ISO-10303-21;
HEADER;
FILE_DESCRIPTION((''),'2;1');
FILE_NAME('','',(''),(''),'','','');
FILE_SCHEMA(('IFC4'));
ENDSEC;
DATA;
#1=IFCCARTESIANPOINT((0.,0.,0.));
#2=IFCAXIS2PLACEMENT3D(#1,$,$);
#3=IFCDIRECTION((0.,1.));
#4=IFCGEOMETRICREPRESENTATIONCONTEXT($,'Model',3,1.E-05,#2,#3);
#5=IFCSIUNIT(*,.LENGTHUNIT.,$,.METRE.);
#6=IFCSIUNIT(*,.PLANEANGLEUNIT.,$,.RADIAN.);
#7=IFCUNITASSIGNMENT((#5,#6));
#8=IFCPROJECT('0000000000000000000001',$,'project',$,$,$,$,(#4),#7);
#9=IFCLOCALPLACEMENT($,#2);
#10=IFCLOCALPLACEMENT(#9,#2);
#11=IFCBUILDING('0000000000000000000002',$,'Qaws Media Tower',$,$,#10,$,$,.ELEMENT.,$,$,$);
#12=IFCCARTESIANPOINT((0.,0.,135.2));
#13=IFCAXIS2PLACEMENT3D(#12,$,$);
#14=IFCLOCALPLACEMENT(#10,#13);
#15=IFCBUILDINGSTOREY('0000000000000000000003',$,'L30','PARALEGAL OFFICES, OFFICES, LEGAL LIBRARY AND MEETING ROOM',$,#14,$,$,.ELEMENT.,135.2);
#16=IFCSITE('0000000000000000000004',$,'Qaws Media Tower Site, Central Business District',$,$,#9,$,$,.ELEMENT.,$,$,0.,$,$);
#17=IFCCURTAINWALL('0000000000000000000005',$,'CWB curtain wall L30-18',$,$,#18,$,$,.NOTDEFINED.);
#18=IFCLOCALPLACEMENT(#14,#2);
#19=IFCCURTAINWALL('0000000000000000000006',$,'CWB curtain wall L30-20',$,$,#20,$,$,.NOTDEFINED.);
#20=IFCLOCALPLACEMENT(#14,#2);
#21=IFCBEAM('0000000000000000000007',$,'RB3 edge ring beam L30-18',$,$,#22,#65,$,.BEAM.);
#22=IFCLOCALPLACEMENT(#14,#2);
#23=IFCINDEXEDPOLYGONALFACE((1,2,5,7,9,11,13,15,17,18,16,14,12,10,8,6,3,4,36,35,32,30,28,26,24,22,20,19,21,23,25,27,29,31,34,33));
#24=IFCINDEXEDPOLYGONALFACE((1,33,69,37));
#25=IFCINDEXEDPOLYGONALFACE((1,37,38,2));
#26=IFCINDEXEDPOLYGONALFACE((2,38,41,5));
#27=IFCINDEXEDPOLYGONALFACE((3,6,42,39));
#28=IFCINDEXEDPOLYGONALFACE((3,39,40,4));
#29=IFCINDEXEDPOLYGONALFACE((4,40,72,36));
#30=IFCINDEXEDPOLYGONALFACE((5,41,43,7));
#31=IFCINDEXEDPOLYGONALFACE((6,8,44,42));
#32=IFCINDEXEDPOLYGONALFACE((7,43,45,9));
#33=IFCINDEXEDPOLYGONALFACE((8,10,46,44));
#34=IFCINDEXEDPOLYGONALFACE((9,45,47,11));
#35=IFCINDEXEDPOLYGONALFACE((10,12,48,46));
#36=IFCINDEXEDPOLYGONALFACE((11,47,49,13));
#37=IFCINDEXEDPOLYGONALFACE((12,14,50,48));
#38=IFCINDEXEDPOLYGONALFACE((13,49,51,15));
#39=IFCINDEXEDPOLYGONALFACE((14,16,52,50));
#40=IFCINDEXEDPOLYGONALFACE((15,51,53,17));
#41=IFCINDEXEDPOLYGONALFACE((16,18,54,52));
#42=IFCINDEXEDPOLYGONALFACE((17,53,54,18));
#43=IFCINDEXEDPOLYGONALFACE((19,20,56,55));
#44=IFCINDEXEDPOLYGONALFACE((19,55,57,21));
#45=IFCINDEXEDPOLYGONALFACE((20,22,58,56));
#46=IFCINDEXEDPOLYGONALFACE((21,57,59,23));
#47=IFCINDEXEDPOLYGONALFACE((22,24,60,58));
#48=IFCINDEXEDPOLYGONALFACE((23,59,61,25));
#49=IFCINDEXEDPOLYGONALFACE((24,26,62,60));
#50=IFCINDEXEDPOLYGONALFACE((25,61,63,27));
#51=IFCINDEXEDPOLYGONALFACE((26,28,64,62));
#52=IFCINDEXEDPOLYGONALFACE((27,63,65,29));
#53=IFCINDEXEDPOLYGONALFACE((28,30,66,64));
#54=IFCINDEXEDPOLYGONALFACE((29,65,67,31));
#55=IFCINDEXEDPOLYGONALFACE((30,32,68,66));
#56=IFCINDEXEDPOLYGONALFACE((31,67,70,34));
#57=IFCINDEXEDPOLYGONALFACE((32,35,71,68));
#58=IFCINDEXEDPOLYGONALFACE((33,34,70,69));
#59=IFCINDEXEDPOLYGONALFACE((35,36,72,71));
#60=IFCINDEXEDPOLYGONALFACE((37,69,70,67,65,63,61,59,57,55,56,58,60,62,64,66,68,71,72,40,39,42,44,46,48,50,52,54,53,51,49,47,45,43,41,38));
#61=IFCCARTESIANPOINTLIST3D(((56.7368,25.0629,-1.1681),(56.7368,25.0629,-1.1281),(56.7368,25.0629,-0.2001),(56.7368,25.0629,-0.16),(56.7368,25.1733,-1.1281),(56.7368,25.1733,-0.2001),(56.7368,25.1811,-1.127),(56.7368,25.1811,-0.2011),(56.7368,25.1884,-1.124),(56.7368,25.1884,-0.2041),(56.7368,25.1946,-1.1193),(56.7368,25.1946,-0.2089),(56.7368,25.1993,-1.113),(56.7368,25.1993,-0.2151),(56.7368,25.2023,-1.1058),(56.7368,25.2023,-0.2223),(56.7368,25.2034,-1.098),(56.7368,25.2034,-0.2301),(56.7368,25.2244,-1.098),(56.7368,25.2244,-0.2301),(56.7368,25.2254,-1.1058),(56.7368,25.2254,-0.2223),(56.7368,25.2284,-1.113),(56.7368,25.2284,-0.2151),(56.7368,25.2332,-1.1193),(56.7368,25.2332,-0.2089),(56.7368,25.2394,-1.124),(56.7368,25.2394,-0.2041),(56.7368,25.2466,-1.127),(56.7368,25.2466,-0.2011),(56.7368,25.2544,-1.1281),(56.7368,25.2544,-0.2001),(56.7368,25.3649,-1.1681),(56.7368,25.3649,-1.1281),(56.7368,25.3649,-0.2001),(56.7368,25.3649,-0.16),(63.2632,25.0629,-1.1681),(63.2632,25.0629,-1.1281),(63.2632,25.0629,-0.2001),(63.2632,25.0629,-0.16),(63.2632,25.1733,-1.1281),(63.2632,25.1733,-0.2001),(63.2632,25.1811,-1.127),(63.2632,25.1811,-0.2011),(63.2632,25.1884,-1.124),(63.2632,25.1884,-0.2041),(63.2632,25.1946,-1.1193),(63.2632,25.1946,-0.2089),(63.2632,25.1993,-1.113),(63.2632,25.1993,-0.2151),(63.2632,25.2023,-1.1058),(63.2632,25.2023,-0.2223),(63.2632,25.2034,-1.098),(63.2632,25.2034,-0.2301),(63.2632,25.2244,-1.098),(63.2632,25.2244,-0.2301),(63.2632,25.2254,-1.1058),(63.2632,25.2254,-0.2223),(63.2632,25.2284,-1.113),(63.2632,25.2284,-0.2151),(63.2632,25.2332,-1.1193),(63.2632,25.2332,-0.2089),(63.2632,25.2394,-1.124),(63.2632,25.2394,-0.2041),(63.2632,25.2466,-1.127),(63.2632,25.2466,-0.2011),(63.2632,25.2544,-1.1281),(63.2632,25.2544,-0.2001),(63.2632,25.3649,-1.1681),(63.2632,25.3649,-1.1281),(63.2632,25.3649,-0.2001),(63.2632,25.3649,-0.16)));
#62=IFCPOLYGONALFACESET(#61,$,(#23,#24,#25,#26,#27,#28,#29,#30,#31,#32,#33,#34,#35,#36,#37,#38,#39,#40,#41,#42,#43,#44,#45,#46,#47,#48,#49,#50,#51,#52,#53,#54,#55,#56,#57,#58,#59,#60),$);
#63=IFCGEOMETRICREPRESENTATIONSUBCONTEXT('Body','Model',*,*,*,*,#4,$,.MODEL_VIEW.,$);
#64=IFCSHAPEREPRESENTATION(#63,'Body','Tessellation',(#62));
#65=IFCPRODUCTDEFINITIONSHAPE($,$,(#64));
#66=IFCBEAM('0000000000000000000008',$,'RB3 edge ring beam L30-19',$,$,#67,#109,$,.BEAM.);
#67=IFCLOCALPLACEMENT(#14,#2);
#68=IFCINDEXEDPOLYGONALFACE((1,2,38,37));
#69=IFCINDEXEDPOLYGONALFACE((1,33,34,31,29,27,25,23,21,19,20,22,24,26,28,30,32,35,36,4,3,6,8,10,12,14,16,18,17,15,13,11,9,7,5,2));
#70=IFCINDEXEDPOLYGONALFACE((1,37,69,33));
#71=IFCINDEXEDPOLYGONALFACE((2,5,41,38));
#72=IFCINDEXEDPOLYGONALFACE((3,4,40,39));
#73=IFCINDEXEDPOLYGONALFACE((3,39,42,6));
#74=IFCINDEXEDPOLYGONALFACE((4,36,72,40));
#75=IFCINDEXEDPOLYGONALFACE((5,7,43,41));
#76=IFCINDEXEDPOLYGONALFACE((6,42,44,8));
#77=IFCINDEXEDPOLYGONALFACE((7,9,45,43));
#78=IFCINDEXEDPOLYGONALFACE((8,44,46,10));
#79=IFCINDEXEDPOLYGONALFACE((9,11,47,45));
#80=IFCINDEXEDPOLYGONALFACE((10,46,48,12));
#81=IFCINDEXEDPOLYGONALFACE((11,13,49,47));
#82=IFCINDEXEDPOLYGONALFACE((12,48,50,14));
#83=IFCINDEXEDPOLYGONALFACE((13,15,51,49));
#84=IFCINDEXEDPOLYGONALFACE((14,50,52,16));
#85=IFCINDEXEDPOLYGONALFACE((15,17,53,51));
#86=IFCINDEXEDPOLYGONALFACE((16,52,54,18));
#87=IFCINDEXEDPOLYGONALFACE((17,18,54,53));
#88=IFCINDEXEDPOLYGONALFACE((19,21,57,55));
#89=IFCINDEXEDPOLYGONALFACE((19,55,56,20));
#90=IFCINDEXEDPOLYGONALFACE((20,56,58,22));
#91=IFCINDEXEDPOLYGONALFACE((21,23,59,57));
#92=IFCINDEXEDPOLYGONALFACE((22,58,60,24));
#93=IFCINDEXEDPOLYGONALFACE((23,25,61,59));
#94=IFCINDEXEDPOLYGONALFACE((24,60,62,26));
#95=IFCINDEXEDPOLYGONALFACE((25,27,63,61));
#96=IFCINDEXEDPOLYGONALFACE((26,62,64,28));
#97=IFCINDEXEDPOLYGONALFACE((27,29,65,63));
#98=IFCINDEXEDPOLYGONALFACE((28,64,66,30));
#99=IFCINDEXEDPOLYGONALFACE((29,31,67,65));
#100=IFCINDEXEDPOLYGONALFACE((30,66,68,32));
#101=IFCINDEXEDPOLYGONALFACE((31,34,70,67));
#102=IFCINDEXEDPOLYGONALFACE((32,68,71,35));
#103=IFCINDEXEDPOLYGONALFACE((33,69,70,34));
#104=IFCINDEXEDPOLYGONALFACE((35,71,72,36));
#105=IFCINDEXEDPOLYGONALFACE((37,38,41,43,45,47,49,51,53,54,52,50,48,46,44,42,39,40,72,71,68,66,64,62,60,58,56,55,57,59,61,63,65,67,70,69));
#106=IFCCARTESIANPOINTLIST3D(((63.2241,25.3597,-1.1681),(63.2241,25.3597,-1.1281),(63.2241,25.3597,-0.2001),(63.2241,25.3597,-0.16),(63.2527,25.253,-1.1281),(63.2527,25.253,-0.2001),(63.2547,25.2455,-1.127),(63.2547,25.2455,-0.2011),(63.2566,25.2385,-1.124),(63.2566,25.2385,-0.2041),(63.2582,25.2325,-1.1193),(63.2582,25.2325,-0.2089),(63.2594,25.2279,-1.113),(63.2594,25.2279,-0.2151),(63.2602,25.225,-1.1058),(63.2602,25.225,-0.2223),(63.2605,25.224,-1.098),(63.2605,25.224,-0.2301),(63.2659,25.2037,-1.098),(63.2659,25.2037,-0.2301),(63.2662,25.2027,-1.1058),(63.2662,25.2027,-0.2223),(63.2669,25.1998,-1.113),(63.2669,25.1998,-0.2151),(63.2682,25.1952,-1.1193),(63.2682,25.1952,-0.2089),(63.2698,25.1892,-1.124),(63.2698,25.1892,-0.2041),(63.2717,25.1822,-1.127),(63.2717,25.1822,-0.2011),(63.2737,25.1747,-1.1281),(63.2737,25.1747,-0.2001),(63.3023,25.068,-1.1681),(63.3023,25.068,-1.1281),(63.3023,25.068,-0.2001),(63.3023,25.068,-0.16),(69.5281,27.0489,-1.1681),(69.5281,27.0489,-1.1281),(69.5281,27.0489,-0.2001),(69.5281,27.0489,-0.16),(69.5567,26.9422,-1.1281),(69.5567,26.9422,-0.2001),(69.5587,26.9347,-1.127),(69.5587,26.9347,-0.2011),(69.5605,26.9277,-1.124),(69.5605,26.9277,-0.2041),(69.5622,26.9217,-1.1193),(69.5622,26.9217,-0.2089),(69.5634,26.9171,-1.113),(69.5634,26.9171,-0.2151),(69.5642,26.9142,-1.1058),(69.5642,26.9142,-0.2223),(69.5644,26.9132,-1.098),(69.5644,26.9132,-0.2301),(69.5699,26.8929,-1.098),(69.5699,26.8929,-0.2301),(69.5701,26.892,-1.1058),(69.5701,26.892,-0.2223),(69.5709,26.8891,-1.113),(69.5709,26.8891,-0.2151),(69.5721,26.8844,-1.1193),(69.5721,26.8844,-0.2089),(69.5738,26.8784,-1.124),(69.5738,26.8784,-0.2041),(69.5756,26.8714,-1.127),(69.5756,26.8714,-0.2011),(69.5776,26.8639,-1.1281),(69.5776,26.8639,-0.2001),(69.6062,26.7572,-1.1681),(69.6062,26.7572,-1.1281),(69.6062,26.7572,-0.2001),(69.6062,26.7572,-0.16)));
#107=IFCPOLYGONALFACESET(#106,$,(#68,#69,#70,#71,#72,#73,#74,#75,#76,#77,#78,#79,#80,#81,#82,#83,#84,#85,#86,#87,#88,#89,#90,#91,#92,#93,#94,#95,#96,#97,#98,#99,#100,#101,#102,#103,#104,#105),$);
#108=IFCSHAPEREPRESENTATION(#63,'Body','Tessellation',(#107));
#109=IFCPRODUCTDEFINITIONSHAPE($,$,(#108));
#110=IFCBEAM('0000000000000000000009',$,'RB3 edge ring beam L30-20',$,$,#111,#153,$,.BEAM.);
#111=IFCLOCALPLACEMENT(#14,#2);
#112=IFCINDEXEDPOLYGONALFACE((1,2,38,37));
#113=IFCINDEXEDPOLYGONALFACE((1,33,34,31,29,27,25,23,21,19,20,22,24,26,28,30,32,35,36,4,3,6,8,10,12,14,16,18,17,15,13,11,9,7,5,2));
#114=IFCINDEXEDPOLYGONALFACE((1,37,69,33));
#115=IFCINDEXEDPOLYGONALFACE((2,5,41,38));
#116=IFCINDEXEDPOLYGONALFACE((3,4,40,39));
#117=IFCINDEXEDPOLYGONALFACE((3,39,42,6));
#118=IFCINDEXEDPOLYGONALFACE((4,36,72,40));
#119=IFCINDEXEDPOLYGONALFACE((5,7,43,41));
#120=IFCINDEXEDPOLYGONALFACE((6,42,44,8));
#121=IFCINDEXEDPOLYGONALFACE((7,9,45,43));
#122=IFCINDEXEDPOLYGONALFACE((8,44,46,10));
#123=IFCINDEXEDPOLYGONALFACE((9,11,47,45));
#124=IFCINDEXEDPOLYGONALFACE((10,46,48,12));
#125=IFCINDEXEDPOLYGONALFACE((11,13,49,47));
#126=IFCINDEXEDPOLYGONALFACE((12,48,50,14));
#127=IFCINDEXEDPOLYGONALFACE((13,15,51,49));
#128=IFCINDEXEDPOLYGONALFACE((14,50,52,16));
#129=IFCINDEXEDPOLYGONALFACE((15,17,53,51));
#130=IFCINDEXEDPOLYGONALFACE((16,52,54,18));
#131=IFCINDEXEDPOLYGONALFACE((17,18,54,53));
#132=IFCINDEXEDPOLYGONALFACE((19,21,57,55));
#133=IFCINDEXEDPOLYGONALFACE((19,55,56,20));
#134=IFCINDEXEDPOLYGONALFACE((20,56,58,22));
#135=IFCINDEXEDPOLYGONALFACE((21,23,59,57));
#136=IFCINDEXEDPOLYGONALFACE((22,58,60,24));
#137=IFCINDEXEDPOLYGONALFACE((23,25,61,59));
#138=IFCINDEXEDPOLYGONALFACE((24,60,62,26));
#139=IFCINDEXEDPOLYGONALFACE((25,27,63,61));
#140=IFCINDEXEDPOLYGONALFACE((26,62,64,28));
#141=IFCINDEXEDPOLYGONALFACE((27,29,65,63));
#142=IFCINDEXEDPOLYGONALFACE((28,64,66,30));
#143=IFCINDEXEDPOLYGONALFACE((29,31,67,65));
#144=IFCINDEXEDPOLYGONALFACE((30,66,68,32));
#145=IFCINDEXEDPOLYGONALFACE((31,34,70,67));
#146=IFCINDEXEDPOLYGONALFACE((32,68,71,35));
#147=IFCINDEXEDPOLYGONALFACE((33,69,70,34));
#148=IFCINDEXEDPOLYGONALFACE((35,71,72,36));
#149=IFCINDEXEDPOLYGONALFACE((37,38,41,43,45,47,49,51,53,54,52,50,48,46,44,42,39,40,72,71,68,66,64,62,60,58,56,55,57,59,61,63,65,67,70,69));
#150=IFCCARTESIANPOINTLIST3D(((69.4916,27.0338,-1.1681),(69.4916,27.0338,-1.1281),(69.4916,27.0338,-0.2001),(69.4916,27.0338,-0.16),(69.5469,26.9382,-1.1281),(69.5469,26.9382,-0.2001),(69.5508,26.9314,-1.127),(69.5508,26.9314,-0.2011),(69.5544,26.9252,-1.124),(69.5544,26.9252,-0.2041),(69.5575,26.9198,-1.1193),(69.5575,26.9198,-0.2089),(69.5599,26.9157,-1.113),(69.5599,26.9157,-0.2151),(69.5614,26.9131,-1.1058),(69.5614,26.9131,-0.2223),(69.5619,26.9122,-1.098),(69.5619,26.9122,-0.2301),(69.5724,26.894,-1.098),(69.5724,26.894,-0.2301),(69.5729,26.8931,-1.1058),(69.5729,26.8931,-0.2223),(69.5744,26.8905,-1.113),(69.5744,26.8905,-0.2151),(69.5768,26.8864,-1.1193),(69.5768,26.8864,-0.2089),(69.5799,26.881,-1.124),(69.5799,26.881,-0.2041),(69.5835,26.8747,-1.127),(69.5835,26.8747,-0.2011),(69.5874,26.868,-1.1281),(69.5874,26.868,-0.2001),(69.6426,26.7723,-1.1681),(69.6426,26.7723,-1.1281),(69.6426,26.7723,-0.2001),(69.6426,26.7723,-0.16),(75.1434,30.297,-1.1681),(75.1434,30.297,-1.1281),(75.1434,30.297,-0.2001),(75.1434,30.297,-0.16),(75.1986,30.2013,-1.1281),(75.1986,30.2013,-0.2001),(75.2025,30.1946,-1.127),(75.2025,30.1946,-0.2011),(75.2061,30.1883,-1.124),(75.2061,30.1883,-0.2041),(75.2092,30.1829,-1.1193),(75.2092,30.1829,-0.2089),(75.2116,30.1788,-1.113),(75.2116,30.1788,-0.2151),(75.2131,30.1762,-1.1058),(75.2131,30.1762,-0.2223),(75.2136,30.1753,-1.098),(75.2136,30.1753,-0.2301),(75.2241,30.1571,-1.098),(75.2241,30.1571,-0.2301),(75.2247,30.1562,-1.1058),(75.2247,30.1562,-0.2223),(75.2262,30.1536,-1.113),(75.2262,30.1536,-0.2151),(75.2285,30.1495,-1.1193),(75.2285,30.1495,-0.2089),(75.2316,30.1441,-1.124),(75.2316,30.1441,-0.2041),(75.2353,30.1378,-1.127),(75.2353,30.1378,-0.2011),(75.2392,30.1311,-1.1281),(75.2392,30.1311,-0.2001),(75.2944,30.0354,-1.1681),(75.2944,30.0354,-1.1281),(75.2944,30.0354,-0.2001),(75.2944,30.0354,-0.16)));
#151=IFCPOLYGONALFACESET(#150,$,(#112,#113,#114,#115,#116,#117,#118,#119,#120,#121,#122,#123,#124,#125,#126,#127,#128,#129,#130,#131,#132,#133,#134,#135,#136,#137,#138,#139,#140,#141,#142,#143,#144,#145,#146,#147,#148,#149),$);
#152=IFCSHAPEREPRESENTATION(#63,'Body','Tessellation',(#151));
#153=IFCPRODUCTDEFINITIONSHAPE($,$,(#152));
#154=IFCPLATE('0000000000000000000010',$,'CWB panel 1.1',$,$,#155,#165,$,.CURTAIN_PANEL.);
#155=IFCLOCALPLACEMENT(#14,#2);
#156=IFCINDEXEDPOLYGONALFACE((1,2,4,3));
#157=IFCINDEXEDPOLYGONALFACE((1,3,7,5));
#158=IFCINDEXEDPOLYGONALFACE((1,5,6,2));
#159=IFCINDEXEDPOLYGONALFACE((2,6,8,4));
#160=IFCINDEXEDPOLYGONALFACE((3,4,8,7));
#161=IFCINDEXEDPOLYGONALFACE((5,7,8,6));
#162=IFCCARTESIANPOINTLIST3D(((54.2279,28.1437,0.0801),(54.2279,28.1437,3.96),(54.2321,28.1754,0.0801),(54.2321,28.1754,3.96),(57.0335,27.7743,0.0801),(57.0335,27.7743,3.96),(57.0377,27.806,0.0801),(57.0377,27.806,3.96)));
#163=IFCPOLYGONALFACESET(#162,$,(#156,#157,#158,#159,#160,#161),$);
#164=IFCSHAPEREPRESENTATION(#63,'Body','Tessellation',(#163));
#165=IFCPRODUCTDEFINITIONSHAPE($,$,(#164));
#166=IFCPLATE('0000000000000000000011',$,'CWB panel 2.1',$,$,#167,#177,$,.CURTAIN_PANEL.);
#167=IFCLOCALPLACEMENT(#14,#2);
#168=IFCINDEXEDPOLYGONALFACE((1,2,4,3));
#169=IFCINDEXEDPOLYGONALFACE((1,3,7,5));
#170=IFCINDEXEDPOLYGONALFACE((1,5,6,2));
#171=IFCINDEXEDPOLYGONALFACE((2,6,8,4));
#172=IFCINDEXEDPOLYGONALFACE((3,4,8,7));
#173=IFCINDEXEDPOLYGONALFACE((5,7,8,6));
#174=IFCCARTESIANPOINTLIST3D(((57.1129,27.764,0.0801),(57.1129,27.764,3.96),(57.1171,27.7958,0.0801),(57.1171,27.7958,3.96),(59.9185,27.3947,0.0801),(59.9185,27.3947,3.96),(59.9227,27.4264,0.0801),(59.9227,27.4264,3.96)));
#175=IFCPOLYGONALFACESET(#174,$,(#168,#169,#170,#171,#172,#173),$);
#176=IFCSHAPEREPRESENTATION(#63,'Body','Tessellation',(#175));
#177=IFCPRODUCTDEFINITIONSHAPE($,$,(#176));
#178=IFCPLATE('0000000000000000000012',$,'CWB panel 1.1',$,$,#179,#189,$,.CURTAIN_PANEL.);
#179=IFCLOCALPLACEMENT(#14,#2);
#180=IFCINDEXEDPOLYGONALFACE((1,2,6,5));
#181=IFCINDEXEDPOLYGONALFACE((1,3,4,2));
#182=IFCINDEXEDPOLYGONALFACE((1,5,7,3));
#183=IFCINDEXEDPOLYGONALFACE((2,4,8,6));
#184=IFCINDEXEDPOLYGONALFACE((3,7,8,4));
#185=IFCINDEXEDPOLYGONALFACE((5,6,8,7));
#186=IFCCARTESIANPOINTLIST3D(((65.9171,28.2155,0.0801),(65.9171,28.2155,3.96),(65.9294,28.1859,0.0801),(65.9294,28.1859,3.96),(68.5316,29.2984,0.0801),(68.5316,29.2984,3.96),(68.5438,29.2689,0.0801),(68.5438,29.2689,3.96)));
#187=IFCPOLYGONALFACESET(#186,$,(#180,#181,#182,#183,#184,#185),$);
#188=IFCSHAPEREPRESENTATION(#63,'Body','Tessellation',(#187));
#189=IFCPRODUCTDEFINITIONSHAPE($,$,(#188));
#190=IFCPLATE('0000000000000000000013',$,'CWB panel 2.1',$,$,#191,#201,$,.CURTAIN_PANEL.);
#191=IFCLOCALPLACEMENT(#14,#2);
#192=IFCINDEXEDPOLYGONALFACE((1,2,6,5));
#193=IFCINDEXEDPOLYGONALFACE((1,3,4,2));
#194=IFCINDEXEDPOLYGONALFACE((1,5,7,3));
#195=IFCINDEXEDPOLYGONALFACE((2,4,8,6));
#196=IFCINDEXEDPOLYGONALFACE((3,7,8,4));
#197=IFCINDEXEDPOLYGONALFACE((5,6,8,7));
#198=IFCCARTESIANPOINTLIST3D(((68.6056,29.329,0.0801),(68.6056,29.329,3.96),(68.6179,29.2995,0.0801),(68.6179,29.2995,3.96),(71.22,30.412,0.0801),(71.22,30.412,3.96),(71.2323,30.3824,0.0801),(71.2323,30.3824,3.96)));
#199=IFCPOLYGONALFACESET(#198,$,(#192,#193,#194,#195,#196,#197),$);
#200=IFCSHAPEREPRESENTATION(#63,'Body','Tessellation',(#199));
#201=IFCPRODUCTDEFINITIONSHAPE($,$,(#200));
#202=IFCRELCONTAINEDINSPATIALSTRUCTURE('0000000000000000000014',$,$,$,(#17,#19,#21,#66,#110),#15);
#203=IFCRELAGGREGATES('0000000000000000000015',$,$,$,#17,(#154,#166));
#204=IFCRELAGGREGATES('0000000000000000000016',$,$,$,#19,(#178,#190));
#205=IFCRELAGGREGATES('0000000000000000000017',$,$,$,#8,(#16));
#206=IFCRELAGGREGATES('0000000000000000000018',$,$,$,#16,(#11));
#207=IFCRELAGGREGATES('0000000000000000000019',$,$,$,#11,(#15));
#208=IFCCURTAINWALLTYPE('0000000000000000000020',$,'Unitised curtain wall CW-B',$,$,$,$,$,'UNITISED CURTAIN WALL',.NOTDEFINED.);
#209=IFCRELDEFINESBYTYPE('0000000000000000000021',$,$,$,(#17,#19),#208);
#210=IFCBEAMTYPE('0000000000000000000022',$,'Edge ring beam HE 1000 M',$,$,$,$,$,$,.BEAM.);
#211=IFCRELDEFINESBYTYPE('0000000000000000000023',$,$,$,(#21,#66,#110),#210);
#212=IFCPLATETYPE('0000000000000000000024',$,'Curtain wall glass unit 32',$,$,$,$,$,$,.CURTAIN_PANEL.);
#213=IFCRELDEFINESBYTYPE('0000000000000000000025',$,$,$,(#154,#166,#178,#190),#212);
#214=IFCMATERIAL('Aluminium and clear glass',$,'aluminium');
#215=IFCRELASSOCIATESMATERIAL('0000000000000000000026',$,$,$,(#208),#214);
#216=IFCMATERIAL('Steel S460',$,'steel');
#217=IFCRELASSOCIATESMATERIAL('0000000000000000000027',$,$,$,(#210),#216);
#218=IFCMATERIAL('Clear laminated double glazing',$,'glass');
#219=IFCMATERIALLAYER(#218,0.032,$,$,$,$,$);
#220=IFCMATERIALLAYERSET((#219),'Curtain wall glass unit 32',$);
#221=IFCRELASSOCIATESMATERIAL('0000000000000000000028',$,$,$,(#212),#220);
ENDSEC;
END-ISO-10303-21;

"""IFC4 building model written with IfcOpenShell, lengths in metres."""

from ifc_helpers import new_model, si_unit, direction, frame, origin, origin_2d, place, context, subcontext, project, spatial, rectangle, i_section, extrude, material, layer, layer_set, material_profile, profile_set, type_object, element, aggregate, save


model = new_model("IFC4")

# Units and contexts
model_context = context("Model", 3, precision=1e-05, world=origin(), true_north=direction((0.0, 1.0)))
body_context = subcontext(model_context, "Body", "Model", "MODEL_VIEW")
ifc_project = project(units=[si_unit("LENGTHUNIT", "METRE"), si_unit("PLANEANGLEUNIT", "RADIAN")], contexts=[model_context])

# Site, building, storey
site_placement = place(None, origin())
site = spatial("IfcSite", under=ifc_project, at=site_placement, Name="Qaws Media Tower Site, Central Business District", CompositionType="ELEMENT", RefElevation=0.0)
building_placement = place(site_placement, origin())
building = spatial("IfcBuilding", under=site, at=building_placement, Name="Qaws Media Tower", CompositionType="ELEMENT")
storey_placement = place(building_placement, frame((0.0, 0.0, 135.2)))
storey = spatial("IfcBuildingStorey", under=building, at=storey_placement, Name="L30", Description="PARALEGAL OFFICES, OFFICES, LEGAL LIBRARY AND MEETING ROOM", CompositionType="ELEMENT", Elevation=135.2)

# Curtain walls
ifc_material_1 = material(Name="Aluminium and clear glass", Category="aluminium")
curtain_wall_type = type_object("IfcCurtainWallType", Name="Unitised curtain wall CW-B", ElementType="UNITISED CURTAIN WALL", PredefinedType="NOTDEFINED", material=ifc_material_1)
curtain_wall_1_placement = place(storey_placement, origin())
curtain_wall_1 = element("IfcCurtainWall", 1, at=curtain_wall_1_placement, inside=storey, type_object=curtain_wall_type, Name="CWB curtain wall L30-18", PredefinedType="NOTDEFINED")
curtain_wall_2_placement = place(storey_placement, origin())
curtain_wall_2 = element("IfcCurtainWall", 2, at=curtain_wall_2_placement, inside=storey, type_object=curtain_wall_type, Name="CWB curtain wall L30-20", PredefinedType="NOTDEFINED")

# Beams
ifc_material_2 = material(Name="Steel S460", Category="steel")
ifc_material_profile_1 = material_profile(ifc_material_2, i_section(OverallWidth=0.302, OverallDepth=1.0081, WebThickness=0.021, FlangeThickness=0.04, FilletRadius=0.03, at=origin_2d()), Name="HE 1000 M")
ifc_profile_set_1 = profile_set([ifc_material_profile_1], Name="Steel S460")
beam_type = type_object("IfcBeamType", Name="Edge ring beam HE 1000 M", PredefinedType="BEAM", material=ifc_profile_set_1)
for number, where, z_axis, x_axis, name in (
    (3, (56.7368, 25.2139, -0.6641), (1.0, 0.0, 0.0), (0.0, 1.0, 0.0), "RB3 edge ring beam L30-18"),
    (4, (63.2632, 25.2139, -0.6641), (0.965923, 0.258829, 0.0), (-0.258829, 0.965923, 0.0), "RB3 edge ring beam L30-19"),
):
    element("IfcBeam", number, at=place(storey_placement, frame(where, z_axis=z_axis, x_axis=x_axis)), inside=storey, type_object=beam_type, Name=name, PredefinedType="BEAM", context=body_context, shape_type="SweptSolid", body=[
        extrude(i_section(OverallWidth=0.302, OverallDepth=1.0081, WebThickness=0.021, FlangeThickness=0.04, FilletRadius=0.03, at=origin_2d()), origin(), (0.0, 0.0, 1.0), 6.5264),
    ])
beam_placement = place(storey_placement, frame((69.5671, 26.9031, -0.6641), z_axis=(0.86602, 0.50001, 0.0), x_axis=(-0.50001, 0.86602, 0.0)))
element("IfcBeam", 5, at=beam_placement, inside=storey, type_object=beam_type, Name="RB3 edge ring beam L30-20", PredefinedType="BEAM", context=body_context, shape_type="SweptSolid", body=[
    extrude(i_section(OverallWidth=0.302, OverallDepth=1.0081, WebThickness=0.021, FlangeThickness=0.04, FilletRadius=0.03, at=origin_2d()), origin(), (0.0, 0.0, 1.0), 6.5261),
])

# Plates
ifc_material_3 = material(Name="Clear laminated double glazing", Category="glass")
ifc_layer_1 = layer(ifc_material_3, 0.032)
ifc_layer_set_1 = layer_set([ifc_layer_1], Name="Curtain wall glass unit 32")
plate_type_1 = type_object("IfcPlateType", Name="Curtain wall glass unit 32", PredefinedType="CURTAIN_PANEL", material=ifc_layer_set_1)
plate_1_placement = place(storey_placement, frame((55.6328, 27.9749, 0.0801), z_axis=(0.0, 0.0, 1.0), x_axis=(0.991445, -0.130526, 0.0)))
plate_1 = element("IfcPlate", 6, at=plate_1_placement, type_object=plate_type_1, Name="CWB panel 1.1", PredefinedType="CURTAIN_PANEL", context=body_context, shape_type="SweptSolid", body=[
    extrude(rectangle(XDim=2.8298, YDim=0.032, at=origin_2d()), origin(), (0.0, 0.0, 1.0), 3.8799),
])
plate_2_placement = place(storey_placement, frame((58.5178, 27.5952, 0.0801), z_axis=(0.0, 0.0, 1.0), x_axis=(0.991445, -0.130526, 0.0)))
plate_2 = element("IfcPlate", 7, at=plate_2_placement, type_object=plate_type_1, Name="CWB panel 2.1", PredefinedType="CURTAIN_PANEL", context=body_context, shape_type="SweptSolid", body=[
    extrude(rectangle(XDim=2.8298, YDim=0.032, at=origin_2d()), origin(), (0.0, 0.0, 1.0), 3.8799),
])
aggregate(curtain_wall_1, [plate_1, plate_2])
plate_3_placement = place(storey_placement, frame((67.2305, 28.7422, 0.0801), z_axis=(0.0, 0.0, 1.0), x_axis=(0.92388, 0.382683, 0.0)))
plate_3 = element("IfcPlate", 8, at=plate_3_placement, type_object=plate_type_1, Name="CWB panel 1.1", PredefinedType="CURTAIN_PANEL", context=body_context, shape_type="SweptSolid", body=[
    extrude(rectangle(XDim=2.8298, YDim=0.032, at=origin_2d()), origin(), (0.0, 0.0, 1.0), 3.8799),
])
plate_4_placement = place(storey_placement, frame((69.9189, 29.8557, 0.0801), z_axis=(0.0, 0.0, 1.0), x_axis=(0.92388, 0.382683, 0.0)))
plate_4 = element("IfcPlate", 9, at=plate_4_placement, type_object=plate_type_1, Name="CWB panel 2.1", PredefinedType="CURTAIN_PANEL", context=body_context, shape_type="SweptSolid", body=[
    extrude(rectangle(XDim=2.8298, YDim=0.032, at=origin_2d()), origin(), (0.0, 0.0, 1.0), 3.8799),
])
aggregate(curtain_wall_2, [plate_3, plate_4])

save(model, "model.ifc")
